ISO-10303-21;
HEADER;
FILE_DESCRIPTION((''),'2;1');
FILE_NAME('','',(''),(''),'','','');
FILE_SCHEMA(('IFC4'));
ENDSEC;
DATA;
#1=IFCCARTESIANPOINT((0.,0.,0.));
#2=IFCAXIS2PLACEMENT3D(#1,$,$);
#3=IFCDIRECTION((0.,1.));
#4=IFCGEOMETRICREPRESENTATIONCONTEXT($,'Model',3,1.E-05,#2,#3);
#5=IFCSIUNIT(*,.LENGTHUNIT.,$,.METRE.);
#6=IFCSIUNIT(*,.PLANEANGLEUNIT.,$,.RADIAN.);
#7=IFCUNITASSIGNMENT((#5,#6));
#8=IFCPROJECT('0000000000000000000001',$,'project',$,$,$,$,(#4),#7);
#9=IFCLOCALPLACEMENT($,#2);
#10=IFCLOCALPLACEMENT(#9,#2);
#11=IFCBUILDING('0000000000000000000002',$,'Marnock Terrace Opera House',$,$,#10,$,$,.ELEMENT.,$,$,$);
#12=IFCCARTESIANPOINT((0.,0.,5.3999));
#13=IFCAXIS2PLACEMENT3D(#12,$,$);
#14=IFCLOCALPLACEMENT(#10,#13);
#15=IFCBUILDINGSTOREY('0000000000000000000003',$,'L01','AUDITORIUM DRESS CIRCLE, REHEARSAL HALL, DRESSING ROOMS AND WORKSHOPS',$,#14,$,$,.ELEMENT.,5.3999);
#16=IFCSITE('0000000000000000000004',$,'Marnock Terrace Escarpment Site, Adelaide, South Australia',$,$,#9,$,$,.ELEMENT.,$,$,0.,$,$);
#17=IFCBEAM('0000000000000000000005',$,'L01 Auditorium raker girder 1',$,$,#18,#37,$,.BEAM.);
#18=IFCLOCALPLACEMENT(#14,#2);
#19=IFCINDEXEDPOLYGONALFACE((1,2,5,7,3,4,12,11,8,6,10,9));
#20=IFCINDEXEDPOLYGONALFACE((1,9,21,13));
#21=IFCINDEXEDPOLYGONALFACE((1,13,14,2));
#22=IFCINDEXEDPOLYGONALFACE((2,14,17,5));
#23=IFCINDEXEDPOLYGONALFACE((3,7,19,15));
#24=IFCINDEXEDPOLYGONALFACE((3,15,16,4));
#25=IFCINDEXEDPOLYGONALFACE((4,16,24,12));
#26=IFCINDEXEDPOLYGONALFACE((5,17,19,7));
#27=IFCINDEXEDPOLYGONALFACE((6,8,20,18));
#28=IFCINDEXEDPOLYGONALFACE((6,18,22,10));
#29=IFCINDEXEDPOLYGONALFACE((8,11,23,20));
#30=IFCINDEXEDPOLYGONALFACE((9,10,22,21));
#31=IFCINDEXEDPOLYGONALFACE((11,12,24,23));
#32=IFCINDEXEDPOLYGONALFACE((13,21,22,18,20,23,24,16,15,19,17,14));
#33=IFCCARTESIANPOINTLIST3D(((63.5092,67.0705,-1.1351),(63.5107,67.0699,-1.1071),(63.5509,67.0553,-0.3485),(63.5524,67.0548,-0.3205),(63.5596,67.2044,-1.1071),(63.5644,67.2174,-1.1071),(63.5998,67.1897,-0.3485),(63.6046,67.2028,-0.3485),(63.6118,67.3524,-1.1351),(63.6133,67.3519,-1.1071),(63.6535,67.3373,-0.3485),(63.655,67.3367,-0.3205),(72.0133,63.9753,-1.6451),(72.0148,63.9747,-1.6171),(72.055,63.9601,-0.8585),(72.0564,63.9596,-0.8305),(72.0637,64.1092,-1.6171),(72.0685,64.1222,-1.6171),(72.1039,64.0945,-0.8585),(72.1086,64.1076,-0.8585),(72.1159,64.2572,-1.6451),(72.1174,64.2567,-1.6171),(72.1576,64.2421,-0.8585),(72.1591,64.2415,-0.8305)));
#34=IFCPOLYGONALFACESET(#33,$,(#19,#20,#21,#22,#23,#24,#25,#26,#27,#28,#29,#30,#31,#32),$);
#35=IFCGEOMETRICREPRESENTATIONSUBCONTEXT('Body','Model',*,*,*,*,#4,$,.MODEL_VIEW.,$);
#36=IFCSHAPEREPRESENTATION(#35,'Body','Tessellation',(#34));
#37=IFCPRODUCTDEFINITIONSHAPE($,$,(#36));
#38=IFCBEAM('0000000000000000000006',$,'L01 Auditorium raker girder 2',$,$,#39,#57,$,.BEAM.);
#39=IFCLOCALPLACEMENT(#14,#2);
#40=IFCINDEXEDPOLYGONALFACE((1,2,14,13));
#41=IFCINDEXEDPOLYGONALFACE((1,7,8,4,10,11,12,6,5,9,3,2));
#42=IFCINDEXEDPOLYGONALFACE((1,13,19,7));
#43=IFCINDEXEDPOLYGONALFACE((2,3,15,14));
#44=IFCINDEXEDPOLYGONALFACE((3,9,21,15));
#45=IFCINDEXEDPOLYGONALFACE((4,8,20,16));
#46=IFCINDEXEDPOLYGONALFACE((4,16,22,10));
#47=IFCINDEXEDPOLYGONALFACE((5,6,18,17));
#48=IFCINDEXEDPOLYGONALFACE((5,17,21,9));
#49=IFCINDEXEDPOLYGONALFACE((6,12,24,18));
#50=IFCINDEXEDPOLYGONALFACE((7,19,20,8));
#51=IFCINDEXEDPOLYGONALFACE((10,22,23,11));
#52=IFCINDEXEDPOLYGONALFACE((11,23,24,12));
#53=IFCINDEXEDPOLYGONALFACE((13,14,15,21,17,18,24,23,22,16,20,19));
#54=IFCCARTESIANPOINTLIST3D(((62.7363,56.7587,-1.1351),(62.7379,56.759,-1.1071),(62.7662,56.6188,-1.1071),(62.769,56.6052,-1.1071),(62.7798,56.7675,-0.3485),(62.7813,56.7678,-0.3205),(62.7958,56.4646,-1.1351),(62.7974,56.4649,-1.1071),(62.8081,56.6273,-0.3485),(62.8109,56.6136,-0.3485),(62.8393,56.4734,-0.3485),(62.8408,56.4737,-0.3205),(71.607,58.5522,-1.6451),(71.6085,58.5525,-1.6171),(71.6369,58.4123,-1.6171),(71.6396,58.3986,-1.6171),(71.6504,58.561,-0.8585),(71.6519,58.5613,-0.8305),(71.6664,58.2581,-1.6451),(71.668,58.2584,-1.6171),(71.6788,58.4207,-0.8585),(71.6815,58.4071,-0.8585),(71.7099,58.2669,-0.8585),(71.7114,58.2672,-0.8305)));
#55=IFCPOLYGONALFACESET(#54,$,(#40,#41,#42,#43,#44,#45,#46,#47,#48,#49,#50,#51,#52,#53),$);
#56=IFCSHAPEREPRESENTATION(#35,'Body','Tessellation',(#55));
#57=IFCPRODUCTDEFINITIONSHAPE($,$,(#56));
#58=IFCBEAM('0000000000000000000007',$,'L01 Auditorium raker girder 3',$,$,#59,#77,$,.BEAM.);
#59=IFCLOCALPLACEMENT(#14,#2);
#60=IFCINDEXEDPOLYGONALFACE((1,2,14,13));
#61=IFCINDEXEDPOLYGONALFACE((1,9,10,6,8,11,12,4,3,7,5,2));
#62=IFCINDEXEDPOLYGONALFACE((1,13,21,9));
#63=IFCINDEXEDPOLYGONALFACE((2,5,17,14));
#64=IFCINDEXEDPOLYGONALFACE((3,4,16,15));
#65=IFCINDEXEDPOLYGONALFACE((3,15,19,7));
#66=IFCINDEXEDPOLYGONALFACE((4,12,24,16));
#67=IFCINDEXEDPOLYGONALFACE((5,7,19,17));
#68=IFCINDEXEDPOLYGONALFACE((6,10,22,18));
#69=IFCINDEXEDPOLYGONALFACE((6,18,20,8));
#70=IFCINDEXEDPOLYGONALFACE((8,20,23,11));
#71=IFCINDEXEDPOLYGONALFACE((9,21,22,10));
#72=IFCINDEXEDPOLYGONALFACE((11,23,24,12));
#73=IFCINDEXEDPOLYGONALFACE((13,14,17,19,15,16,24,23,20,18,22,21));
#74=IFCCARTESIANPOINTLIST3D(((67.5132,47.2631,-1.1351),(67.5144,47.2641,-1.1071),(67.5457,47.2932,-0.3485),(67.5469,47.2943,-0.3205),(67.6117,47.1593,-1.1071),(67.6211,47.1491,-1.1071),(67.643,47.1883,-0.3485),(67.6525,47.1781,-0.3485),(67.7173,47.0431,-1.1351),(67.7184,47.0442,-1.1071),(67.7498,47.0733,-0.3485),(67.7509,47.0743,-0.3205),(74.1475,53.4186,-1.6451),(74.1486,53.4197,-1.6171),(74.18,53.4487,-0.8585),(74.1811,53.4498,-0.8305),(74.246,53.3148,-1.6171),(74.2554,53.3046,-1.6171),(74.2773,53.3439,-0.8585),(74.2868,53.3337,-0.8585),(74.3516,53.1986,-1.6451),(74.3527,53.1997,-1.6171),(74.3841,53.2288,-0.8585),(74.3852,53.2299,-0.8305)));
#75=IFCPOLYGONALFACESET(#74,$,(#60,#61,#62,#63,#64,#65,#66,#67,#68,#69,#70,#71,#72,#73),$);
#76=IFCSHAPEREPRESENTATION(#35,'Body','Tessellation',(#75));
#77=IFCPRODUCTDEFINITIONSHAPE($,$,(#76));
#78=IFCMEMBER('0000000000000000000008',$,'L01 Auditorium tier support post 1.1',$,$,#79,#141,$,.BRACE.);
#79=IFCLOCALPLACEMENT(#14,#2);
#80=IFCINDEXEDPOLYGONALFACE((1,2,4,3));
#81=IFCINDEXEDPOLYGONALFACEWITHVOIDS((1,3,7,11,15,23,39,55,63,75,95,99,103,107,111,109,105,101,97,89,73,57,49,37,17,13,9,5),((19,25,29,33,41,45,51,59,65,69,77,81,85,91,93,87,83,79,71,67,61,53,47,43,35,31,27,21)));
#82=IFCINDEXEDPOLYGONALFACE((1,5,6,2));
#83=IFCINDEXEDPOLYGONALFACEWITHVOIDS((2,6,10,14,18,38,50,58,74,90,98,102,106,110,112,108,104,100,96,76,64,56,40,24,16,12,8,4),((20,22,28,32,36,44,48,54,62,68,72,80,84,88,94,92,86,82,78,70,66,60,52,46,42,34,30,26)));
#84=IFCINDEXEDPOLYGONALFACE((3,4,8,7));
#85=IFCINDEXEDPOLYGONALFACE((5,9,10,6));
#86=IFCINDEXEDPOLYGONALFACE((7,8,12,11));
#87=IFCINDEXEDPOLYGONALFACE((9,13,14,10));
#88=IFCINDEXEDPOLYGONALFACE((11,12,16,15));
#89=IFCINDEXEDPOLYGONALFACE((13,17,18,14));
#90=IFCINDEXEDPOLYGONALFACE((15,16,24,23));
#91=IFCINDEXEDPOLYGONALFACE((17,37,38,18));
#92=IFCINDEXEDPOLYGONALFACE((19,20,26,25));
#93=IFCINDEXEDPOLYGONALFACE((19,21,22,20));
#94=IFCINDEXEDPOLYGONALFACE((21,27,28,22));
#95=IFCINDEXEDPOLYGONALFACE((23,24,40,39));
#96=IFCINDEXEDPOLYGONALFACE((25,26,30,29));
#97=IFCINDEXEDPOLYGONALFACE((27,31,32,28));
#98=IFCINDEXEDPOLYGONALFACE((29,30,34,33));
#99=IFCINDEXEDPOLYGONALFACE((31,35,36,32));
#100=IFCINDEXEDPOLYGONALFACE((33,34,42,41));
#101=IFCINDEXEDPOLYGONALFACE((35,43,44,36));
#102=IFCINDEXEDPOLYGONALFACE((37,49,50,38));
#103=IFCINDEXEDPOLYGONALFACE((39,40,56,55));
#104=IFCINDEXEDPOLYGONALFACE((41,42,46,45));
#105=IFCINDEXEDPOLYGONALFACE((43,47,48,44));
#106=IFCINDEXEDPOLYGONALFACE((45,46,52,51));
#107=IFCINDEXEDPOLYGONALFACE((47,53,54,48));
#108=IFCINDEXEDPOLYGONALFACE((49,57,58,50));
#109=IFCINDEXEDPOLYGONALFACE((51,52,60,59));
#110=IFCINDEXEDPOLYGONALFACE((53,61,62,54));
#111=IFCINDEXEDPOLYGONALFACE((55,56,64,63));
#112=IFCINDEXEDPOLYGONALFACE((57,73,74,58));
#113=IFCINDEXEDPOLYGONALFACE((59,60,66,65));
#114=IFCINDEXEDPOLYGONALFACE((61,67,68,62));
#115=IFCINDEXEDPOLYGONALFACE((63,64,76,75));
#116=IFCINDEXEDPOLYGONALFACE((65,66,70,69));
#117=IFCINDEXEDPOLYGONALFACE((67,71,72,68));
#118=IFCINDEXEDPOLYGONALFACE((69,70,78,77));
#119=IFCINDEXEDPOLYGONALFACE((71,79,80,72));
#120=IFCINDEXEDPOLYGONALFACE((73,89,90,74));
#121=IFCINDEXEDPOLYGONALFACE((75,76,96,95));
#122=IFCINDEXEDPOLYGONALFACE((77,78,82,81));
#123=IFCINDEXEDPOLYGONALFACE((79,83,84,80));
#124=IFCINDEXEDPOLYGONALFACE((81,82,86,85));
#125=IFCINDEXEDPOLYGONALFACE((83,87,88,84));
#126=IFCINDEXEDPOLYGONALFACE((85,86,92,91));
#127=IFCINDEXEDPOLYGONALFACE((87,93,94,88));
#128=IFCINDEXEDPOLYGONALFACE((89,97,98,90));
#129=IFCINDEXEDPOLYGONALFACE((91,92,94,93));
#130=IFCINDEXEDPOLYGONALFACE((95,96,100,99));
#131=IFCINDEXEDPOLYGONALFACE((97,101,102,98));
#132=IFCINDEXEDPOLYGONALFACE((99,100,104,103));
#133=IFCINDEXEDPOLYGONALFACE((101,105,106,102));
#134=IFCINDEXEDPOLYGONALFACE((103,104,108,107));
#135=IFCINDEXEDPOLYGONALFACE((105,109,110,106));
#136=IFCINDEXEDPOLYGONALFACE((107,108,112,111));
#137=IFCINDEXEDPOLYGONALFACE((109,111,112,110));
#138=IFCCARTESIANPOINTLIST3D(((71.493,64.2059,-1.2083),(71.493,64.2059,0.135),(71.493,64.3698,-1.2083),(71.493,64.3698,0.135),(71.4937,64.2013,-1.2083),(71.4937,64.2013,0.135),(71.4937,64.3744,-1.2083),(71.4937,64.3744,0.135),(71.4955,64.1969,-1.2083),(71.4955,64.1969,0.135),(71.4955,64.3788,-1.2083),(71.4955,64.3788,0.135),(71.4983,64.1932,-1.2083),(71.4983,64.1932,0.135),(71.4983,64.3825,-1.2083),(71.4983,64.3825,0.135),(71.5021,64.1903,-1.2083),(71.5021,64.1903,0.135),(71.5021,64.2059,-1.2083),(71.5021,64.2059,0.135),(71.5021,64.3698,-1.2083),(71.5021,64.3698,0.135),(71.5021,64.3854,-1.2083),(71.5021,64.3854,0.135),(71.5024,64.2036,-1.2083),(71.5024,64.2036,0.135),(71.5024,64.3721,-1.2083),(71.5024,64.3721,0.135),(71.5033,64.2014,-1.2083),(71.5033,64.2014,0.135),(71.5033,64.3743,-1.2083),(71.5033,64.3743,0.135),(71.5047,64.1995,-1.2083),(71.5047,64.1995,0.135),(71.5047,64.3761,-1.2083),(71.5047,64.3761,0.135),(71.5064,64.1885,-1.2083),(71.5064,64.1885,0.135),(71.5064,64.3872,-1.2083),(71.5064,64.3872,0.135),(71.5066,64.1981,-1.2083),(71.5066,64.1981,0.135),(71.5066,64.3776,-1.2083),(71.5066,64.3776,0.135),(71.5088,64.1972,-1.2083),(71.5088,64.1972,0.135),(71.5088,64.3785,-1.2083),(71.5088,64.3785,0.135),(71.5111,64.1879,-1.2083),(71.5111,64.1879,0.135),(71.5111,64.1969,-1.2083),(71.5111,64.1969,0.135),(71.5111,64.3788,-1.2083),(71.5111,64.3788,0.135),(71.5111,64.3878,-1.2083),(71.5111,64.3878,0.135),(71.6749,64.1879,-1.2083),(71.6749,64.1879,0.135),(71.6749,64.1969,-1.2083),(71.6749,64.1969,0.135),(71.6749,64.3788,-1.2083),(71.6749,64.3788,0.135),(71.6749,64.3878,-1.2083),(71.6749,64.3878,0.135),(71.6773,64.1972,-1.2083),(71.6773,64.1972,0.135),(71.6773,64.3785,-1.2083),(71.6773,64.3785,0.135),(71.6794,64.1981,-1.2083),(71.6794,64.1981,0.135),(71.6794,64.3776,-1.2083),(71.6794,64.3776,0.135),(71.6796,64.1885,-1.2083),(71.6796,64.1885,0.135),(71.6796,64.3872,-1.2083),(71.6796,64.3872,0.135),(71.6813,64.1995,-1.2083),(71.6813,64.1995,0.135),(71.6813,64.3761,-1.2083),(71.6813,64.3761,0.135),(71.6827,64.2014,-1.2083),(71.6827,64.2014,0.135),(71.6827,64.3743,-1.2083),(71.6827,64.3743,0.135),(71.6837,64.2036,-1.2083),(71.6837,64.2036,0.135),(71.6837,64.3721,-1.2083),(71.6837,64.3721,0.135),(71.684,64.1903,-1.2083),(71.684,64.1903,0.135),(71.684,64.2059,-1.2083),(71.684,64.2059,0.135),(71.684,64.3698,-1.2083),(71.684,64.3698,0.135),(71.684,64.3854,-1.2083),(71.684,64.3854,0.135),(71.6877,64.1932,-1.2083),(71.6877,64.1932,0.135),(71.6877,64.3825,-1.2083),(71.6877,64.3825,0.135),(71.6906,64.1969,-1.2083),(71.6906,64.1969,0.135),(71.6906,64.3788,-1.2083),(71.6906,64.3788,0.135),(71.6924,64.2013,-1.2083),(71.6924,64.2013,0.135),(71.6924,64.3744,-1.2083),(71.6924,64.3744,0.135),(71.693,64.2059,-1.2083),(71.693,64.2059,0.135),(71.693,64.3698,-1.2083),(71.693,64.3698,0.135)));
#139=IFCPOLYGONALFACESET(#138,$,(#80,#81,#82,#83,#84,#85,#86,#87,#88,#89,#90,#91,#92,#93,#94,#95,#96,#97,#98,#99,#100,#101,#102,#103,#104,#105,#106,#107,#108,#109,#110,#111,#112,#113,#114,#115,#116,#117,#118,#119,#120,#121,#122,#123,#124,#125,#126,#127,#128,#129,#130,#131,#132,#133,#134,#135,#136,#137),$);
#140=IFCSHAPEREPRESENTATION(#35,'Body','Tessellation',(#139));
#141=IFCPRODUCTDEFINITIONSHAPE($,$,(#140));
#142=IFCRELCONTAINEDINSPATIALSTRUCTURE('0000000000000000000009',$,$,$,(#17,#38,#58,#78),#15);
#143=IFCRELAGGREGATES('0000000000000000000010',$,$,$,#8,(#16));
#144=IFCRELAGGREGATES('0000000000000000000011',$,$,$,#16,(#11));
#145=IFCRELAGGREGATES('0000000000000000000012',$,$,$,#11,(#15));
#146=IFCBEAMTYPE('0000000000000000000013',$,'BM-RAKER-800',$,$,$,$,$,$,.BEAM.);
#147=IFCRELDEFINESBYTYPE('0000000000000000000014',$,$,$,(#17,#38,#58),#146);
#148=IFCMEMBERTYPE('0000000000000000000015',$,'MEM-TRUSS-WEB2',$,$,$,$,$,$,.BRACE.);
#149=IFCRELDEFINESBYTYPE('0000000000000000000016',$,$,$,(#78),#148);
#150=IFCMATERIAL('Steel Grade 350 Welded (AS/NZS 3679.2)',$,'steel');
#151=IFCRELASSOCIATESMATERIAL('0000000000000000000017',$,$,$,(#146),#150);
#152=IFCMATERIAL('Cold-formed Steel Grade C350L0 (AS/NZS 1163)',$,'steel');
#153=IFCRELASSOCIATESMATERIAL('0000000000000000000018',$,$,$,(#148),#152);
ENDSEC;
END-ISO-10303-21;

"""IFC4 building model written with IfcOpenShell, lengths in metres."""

from ifc_helpers import new_model, si_unit, direction, frame, origin, origin_2d, place, context, subcontext, project, spatial, hollow_rectangle, i_section, extrude, material, material_profile, profile_set, type_object, element, save


model = new_model("IFC4")

# Units and contexts
model_context = context("Model", 3, precision=1e-05, world=origin(), true_north=direction((0.0, 1.0)))
body_context = subcontext(model_context, "Body", "Model", "MODEL_VIEW")
ifc_project = project(units=[si_unit("LENGTHUNIT", "METRE"), si_unit("PLANEANGLEUNIT", "RADIAN")], contexts=[model_context])

# Site, building, storey
site_placement = place(None, origin())
site = spatial("IfcSite", under=ifc_project, at=site_placement, Name="Marnock Terrace Escarpment Site, Adelaide, South Australia", CompositionType="ELEMENT", RefElevation=0.0)
building_placement = place(site_placement, origin())
building = spatial("IfcBuilding", under=site, at=building_placement, Name="Marnock Terrace Opera House", CompositionType="ELEMENT")
storey_placement = place(building_placement, frame((0.0, 0.0, 5.3999)))
storey = spatial("IfcBuildingStorey", under=building, at=storey_placement, Name="L01", Description="AUDITORIUM DRESS CIRCLE, REHEARSAL HALL, DRESSING ROOMS AND WORKSHOPS", CompositionType="ELEMENT", Elevation=5.3999)

# Beams
ifc_material_1 = material(Name="Steel Grade 350 Welded (AS/NZS 3679.2)", Category="steel")
ifc_material_profile_1 = material_profile(ifc_material_1, i_section(OverallWidth=0.3, OverallDepth=0.8159, WebThickness=0.0139, FlangeThickness=0.0281, at=origin_2d()))
ifc_profile_set_1 = profile_set([ifc_material_profile_1], Name="Steel Grade 350 Welded (AS/NZS 3679.2)")
beam_type_1 = type_object("IfcBeamType", Name="BM-RAKER-800", PredefinedType="BEAM", material=ifc_profile_set_1)
beam_1_placement = place(storey_placement, frame((72.0862, 64.1084, -1.2378), z_axis=(-0.938205, 0.341474, 0.056266), x_axis=(-0.342016, -0.939694, 0.0)))
element("IfcBeam", 1, at=beam_1_placement, inside=storey, type_object=beam_type_1, Name="L01 Auditorium raker girder 1", PredefinedType="BEAM", context=body_context, shape_type="SweptSolid", body=[
    extrude(i_section(OverallWidth=0.3, OverallDepth=0.8159, WebThickness=0.0139, FlangeThickness=0.0281, at=origin_2d()), origin(), (0.0, 0.0, 1.0), 9.0642),
])
for number, where, z_axis, x_axis, name in (
    (2, (71.6592, 58.4097, -1.2378), (-0.978615, -0.197856, 0.056265), (0.19817, -0.980168, 0.0), "L01 Auditorium raker girder 2"),
    (3, (74.2664, 53.3242, -1.2378), (-0.731901, -0.679084, 0.056265), (0.680161, -0.733062, 0.0), "L01 Auditorium raker girder 3"),
):
    element("IfcBeam", number, at=place(storey_placement, frame(where, z_axis=z_axis, x_axis=x_axis)), inside=storey, type_object=beam_type_1, Name=name, PredefinedType="BEAM", context=body_context, shape_type="SweptSolid", body=[
        extrude(i_section(OverallWidth=0.3, OverallDepth=0.8159, WebThickness=0.0139, FlangeThickness=0.0281, at=origin_2d()), origin(), (0.0, 0.0, 1.0), 9.0645),
    ])

# Member
ifc_material_2 = material(Name="Cold-formed Steel Grade C350L0 (AS/NZS 1163)", Category="steel")
ifc_material_profile_2 = material_profile(ifc_material_2, hollow_rectangle(XDim=0.2, YDim=0.2, WallThickness=0.009, InnerFilletRadius=0.009, OuterFilletRadius=0.0181, at=origin_2d()))
ifc_profile_set_2 = profile_set([ifc_material_profile_2], Name="Cold-formed Steel Grade C350L0 (AS/NZS 1163)")
member_type = type_object("IfcMemberType", Name="MEM-TRUSS-WEB2", PredefinedType="BRACE", material=ifc_profile_set_2)
member_1_placement = place(storey_placement, frame((71.593, 64.2878, -1.2083), z_axis=(0.0, 0.0, 1.0), x_axis=(1.0, 0.0, 0.0)))
element("IfcMember", 4, at=member_1_placement, inside=storey, type_object=member_type, Name="L01 Auditorium tier support post 1.1", PredefinedType="BRACE", context=body_context, shape_type="SweptSolid", body=[
    extrude(hollow_rectangle(XDim=0.2, YDim=0.2, WallThickness=0.009, InnerFilletRadius=0.009, OuterFilletRadius=0.0181, at=origin_2d()), origin(), (0.0, 0.0, 1.0), 1.3433),
])

save(model, "model.ifc")
